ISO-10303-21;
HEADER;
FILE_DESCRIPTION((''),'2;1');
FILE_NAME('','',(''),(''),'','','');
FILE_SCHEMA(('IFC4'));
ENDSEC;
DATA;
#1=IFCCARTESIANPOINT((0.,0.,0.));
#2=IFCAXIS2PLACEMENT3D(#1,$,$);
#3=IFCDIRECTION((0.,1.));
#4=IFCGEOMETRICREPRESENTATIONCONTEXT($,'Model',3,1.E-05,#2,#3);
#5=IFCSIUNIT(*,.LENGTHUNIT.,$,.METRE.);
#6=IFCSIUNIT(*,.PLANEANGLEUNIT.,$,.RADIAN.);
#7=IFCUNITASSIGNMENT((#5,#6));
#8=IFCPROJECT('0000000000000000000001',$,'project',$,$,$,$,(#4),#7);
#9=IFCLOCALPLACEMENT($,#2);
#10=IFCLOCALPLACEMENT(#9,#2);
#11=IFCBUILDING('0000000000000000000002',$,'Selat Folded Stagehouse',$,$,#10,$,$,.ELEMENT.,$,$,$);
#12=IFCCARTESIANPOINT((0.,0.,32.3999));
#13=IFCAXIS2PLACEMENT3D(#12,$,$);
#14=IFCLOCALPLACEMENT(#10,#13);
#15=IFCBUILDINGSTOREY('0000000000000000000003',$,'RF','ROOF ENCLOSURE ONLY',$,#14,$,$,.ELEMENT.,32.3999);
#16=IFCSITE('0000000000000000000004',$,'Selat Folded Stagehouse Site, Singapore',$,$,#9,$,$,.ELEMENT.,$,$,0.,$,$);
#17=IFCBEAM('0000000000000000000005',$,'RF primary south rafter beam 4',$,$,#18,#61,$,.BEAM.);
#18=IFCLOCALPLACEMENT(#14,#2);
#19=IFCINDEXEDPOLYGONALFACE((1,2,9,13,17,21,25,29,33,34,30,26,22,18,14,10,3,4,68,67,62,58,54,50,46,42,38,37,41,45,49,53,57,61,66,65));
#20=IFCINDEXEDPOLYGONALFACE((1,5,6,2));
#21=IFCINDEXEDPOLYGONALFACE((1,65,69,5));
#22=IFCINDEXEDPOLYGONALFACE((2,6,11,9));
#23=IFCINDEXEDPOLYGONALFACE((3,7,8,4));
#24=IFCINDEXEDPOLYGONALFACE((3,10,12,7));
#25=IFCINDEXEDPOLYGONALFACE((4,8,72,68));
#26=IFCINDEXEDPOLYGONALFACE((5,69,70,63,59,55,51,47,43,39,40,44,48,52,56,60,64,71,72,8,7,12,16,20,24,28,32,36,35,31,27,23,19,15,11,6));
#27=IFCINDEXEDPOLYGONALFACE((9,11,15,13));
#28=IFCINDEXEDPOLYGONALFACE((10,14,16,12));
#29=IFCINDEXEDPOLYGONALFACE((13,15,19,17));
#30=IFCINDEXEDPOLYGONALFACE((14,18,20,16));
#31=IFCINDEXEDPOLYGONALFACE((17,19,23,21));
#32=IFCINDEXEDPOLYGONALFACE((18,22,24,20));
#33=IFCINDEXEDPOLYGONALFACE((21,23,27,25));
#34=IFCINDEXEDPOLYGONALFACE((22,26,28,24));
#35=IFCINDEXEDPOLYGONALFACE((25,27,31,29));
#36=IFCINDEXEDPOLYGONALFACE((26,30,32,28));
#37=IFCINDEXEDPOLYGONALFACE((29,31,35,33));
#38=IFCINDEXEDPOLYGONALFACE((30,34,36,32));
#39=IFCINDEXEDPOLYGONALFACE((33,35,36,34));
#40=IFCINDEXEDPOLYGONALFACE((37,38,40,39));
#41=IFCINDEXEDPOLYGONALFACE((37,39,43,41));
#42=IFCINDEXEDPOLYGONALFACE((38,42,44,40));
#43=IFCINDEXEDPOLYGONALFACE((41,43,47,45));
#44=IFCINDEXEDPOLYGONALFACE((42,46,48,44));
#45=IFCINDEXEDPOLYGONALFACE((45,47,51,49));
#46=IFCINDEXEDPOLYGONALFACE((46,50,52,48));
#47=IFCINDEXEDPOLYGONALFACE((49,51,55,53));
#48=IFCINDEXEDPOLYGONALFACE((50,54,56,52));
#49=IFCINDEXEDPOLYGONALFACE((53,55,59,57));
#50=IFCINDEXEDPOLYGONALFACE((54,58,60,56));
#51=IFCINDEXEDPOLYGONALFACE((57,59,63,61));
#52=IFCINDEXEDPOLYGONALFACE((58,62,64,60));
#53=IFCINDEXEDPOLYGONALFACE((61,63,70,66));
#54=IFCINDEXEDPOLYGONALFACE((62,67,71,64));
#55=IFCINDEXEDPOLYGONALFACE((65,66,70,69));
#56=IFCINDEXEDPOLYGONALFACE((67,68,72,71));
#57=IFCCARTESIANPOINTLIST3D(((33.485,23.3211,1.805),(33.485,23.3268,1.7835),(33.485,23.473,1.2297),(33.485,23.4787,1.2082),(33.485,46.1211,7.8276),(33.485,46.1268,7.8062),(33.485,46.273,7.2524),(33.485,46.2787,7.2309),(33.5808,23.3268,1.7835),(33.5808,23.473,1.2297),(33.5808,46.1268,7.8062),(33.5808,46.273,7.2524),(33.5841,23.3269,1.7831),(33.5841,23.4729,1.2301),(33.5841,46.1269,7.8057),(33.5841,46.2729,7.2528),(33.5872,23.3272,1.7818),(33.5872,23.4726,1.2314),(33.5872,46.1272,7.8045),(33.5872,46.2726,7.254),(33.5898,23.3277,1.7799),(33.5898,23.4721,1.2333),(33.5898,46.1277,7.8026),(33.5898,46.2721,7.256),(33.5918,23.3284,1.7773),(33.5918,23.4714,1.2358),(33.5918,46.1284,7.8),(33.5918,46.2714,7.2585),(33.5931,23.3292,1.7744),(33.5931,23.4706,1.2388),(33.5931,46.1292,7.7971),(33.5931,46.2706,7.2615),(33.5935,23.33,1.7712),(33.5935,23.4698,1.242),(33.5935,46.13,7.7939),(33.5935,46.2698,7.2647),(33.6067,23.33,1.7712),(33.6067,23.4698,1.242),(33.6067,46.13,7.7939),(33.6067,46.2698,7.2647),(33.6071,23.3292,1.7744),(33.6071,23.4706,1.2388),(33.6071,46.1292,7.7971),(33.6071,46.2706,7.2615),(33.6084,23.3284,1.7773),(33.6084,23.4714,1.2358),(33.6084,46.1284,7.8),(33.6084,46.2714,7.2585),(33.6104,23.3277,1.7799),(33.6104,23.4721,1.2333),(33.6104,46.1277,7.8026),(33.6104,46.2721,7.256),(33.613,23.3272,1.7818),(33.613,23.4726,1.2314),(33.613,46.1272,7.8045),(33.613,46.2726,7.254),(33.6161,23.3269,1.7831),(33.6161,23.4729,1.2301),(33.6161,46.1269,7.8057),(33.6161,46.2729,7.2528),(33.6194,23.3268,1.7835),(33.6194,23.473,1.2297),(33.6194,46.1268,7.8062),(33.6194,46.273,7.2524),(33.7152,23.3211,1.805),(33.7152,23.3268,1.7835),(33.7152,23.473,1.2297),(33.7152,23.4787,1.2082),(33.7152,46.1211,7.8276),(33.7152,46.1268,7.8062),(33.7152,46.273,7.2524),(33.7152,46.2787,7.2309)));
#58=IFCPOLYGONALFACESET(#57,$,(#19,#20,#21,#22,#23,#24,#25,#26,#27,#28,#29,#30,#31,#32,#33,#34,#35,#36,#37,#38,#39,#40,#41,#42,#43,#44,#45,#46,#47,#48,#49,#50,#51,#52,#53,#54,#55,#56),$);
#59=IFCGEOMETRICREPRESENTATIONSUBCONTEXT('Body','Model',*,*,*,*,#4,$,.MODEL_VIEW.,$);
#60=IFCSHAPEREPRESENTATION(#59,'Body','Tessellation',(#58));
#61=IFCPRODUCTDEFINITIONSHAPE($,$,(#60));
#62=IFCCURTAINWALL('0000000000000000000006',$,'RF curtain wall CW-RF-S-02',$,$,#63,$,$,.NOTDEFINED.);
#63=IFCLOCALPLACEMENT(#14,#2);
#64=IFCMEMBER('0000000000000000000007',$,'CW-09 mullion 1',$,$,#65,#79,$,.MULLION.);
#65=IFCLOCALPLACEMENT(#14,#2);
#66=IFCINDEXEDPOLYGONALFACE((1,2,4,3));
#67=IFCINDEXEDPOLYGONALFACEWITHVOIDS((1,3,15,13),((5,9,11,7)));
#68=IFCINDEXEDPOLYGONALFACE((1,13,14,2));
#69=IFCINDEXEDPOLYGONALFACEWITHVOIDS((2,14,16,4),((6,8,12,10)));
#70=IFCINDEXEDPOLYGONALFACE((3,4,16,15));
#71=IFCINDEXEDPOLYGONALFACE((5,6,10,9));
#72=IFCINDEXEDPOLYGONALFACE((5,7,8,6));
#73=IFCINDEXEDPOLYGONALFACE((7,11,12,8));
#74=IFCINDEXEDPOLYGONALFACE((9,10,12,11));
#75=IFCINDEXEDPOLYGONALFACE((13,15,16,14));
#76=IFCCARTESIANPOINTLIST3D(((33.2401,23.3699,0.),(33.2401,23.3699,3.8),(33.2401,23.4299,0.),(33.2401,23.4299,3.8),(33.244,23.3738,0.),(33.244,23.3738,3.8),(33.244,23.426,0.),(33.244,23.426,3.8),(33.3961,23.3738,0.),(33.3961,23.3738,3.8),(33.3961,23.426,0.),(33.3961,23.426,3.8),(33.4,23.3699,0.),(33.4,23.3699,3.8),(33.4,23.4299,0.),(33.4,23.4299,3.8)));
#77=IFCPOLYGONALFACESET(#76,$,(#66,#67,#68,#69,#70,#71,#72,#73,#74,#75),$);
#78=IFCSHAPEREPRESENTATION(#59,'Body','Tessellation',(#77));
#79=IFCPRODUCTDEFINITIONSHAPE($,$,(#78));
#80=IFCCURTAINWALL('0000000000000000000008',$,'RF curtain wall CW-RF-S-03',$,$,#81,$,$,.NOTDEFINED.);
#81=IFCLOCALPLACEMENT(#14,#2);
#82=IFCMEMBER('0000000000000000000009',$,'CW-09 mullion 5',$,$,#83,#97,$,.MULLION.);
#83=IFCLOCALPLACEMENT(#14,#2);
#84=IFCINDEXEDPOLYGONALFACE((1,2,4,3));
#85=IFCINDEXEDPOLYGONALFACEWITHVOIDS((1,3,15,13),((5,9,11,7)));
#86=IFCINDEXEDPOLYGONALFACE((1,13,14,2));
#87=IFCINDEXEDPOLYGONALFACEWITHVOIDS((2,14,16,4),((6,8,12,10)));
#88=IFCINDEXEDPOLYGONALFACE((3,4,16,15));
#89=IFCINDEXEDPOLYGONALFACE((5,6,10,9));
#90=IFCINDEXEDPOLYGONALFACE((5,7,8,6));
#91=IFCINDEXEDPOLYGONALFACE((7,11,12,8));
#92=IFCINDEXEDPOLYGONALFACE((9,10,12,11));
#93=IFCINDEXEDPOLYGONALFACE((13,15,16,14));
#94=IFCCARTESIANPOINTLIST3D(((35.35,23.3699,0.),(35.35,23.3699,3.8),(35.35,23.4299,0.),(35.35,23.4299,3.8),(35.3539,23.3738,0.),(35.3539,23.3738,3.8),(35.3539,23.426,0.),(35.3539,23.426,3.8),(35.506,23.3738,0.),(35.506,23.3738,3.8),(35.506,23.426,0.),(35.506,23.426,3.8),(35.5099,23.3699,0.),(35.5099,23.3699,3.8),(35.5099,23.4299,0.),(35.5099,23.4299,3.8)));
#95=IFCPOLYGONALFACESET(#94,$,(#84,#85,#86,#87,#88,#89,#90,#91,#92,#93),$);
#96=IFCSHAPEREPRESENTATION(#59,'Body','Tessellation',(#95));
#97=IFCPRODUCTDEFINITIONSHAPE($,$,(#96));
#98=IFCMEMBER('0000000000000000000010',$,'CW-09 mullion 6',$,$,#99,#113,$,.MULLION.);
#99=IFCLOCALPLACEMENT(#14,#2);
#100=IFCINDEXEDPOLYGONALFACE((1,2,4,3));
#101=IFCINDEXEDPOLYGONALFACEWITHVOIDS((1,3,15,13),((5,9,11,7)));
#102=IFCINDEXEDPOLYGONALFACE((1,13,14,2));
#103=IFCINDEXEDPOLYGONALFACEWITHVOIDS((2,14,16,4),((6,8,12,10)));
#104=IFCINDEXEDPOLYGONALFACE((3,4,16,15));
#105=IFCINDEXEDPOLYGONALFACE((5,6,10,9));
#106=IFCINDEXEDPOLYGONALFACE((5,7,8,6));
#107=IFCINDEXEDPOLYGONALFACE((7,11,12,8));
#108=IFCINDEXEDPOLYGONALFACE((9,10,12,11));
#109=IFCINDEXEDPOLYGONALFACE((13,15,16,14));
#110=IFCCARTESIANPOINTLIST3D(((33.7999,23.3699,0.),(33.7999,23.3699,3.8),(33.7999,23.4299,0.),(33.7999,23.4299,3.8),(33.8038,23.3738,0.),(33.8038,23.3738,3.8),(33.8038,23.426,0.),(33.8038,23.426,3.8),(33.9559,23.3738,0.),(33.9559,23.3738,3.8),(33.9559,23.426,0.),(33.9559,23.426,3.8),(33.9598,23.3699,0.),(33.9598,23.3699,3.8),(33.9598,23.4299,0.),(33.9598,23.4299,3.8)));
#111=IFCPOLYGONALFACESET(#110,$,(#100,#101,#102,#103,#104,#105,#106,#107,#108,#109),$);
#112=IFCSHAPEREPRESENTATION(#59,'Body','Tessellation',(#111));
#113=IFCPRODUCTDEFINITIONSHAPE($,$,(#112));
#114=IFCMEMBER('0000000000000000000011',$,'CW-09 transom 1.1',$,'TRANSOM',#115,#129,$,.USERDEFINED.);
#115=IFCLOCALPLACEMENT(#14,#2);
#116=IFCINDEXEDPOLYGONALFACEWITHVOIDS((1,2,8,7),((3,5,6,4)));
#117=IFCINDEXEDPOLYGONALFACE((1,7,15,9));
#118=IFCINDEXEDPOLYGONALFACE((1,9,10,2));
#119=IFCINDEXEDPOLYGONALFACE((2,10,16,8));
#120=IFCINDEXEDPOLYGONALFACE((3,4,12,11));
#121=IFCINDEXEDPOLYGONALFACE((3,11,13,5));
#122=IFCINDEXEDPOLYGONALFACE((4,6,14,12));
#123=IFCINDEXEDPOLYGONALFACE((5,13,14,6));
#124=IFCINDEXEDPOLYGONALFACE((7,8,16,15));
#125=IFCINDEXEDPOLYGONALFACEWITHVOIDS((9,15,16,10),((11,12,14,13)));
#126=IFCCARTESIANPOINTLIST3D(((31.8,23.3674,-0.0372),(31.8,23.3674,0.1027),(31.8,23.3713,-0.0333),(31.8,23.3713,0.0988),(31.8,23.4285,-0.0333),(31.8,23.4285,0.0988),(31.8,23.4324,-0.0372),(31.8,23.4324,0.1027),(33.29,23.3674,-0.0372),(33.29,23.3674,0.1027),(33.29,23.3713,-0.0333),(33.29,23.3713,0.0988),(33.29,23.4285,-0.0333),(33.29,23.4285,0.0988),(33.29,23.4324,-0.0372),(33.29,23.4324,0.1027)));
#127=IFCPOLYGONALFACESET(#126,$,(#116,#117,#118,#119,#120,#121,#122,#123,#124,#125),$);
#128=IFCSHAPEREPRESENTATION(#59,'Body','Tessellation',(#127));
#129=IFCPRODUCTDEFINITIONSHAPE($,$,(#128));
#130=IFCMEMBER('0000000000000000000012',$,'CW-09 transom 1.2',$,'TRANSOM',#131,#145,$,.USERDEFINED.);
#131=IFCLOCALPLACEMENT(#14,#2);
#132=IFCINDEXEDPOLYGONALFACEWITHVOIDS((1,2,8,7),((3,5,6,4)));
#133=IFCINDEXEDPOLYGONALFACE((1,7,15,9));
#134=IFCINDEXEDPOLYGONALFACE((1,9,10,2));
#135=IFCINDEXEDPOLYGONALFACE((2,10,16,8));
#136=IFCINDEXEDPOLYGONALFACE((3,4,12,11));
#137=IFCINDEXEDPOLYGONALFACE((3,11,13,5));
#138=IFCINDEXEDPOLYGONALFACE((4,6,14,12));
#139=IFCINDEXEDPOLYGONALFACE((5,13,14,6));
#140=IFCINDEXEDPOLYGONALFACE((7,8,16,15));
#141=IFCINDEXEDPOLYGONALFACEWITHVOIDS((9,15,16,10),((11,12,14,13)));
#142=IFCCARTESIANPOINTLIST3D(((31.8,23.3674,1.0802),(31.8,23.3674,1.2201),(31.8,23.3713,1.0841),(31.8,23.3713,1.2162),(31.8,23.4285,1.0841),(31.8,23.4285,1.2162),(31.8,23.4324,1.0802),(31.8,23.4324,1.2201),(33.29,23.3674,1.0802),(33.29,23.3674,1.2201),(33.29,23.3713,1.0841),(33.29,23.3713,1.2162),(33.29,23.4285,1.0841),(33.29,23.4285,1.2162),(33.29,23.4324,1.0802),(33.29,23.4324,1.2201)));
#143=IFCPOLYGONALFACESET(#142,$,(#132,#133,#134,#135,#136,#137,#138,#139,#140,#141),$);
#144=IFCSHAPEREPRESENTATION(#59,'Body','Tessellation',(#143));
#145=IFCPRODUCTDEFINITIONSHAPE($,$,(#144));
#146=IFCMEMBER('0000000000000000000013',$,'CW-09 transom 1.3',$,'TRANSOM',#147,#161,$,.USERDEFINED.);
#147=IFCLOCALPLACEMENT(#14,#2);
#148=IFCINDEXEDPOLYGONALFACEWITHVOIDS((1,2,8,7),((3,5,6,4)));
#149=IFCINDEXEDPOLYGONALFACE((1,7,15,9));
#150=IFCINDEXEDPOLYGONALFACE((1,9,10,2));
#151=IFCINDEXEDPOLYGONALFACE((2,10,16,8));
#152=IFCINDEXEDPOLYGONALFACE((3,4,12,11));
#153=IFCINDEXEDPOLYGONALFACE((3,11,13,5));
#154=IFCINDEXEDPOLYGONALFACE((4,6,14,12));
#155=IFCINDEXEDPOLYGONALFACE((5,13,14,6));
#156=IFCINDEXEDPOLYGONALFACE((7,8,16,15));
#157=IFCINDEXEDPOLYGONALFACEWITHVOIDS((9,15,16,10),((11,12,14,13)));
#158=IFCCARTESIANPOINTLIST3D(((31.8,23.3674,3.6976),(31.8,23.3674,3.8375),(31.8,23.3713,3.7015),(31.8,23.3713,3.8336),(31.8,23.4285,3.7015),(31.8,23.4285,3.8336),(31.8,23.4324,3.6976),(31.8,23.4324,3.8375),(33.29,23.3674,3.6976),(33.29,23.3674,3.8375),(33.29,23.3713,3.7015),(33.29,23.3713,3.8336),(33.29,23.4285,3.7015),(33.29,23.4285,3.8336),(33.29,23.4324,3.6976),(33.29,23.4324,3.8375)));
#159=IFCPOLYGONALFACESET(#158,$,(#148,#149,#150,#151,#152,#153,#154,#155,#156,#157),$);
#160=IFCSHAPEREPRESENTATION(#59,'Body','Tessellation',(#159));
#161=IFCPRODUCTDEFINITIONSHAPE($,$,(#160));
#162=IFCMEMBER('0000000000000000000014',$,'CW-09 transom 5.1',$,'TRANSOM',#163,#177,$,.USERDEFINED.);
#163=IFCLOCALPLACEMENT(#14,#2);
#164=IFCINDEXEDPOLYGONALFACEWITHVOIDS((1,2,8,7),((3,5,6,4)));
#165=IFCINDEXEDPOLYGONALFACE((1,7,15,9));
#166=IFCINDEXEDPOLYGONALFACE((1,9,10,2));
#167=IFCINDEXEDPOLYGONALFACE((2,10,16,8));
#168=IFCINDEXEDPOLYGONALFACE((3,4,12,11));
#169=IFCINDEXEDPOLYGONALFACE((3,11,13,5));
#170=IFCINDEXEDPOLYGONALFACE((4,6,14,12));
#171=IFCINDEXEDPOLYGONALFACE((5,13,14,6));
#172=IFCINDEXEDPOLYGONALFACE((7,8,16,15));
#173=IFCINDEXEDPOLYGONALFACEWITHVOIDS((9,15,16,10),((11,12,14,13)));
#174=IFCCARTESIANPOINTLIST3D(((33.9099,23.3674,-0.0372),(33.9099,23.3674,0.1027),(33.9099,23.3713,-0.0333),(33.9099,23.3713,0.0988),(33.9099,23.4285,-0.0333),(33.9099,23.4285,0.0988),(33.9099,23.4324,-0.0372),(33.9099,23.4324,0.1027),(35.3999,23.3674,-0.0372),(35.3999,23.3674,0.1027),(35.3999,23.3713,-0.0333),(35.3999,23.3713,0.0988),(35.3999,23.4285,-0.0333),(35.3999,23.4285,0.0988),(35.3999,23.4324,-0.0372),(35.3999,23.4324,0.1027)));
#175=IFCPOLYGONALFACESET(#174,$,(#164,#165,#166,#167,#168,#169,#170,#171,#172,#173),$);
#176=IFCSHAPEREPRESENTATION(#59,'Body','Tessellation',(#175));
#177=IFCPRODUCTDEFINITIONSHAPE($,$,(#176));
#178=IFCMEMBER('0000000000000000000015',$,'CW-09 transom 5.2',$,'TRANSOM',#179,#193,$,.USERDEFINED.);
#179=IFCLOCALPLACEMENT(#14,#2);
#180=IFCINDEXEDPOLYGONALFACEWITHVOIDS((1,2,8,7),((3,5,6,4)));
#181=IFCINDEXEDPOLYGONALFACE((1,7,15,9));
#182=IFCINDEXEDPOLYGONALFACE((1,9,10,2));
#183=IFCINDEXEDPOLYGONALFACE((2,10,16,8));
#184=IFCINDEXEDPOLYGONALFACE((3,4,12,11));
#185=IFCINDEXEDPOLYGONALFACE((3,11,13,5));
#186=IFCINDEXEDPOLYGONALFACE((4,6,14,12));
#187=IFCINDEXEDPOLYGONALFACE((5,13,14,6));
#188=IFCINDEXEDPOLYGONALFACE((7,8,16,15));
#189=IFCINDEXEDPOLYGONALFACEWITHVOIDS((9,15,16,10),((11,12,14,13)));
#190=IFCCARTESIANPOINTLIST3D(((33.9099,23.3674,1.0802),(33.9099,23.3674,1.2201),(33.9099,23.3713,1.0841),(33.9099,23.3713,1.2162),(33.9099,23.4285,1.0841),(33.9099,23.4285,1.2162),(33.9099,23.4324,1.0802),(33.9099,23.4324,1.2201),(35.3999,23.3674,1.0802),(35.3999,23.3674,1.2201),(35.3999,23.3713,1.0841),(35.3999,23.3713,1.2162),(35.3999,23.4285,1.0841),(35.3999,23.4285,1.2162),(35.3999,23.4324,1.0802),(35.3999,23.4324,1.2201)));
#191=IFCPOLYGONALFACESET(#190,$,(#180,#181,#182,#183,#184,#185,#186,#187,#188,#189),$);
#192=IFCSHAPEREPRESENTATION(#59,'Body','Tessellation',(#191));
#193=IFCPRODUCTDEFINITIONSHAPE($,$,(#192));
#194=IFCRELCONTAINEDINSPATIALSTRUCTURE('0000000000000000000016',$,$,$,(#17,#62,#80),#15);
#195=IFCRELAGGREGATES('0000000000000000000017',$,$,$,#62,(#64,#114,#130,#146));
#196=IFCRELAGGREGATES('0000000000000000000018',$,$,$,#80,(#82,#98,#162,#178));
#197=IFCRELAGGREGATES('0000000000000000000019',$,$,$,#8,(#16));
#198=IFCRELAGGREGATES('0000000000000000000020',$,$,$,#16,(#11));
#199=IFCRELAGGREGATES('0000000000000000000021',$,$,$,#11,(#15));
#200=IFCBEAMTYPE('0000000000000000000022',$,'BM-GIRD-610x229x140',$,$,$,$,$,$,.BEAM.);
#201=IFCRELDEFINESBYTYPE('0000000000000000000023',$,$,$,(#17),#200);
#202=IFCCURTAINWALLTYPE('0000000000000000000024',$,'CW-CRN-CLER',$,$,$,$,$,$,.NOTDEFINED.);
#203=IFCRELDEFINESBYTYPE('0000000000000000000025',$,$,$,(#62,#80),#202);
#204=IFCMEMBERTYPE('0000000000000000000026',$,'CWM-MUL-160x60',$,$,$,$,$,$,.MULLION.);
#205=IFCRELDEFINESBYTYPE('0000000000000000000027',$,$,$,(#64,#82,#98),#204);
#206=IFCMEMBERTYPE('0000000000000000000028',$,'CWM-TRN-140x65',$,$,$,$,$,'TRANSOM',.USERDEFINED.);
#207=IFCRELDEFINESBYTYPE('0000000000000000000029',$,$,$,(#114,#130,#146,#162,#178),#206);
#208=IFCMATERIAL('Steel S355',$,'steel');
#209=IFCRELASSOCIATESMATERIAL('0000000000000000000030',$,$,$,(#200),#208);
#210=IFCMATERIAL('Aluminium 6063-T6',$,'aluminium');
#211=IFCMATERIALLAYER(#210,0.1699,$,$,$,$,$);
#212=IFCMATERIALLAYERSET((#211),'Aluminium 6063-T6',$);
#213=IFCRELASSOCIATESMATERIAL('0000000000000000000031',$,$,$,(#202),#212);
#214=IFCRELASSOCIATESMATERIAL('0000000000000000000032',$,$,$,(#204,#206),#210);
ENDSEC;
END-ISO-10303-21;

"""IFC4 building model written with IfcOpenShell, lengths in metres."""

from ifc_helpers import new_model, si_unit, direction, frame, origin, origin_2d, place, context, subcontext, project, spatial, hollow_rectangle, i_section, extrude, material, layer, layer_set, material_profile, profile_set, type_object, element, aggregate, save


model = new_model("IFC4")

# Units and contexts
model_context = context("Model", 3, precision=1e-05, world=origin(), true_north=direction((0.0, 1.0)))
body_context = subcontext(model_context, "Body", "Model", "MODEL_VIEW")
ifc_project = project(units=[si_unit("LENGTHUNIT", "METRE"), si_unit("PLANEANGLEUNIT", "RADIAN")], contexts=[model_context])

# Site, building, storey
site_placement = place(None, origin())
site = spatial("IfcSite", under=ifc_project, at=site_placement, Name="Selat Folded Stagehouse Site, Singapore", CompositionType="ELEMENT", RefElevation=0.0)
building_placement = place(site_placement, origin())
building = spatial("IfcBuilding", under=site, at=building_placement, Name="Selat Folded Stagehouse", CompositionType="ELEMENT")
storey_placement = place(building_placement, frame((0.0, 0.0, 32.3999)))
storey = spatial("IfcBuildingStorey", under=building, at=storey_placement, Name="RF", Description="ROOF ENCLOSURE ONLY", CompositionType="ELEMENT", Elevation=32.3999)

# Shared definitions
ifc_material_1 = material(Name="Steel S355", Category="steel")

# Beam
ifc_material_profile_1 = material_profile(ifc_material_1, i_section(OverallWidth=0.2302, OverallDepth=0.6172, WebThickness=0.0132, FlangeThickness=0.0222, FilletRadius=0.0127, at=origin_2d()), Name="UKB 610x229x140")
ifc_profile_set_1 = profile_set([ifc_material_profile_1], Name="Steel S355")
beam_type_1 = type_object("IfcBeamType", Name="BM-GIRD-610x229x140", PredefinedType="BEAM", material=ifc_profile_set_1)
beam_1_placement = place(storey_placement, frame((33.6001, 23.3999, 1.5066), z_axis=(0.0, 0.966837, 0.255393), x_axis=(-1.0, 0.0, 0.0)))
element("IfcBeam", 1, at=beam_1_placement, inside=storey, type_object=beam_type_1, Name="RF primary south rafter beam 4", PredefinedType="BEAM", context=body_context, shape_type="SweptSolid", body=[
    extrude(i_section(OverallWidth=0.2302, OverallDepth=0.6172, WebThickness=0.0132, FlangeThickness=0.0222, FilletRadius=0.0127, at=origin_2d()), origin(), (0.0, 0.0, 1.0), 23.582),
])

# Curtain wall, member
ifc_material_2 = material(Name="Aluminium 6063-T6", Category="aluminium")
ifc_layer_1 = layer(ifc_material_2, 0.1699)
ifc_layer_set_1 = layer_set([ifc_layer_1], Name="Aluminium 6063-T6")
curtain_wall_type = type_object("IfcCurtainWallType", Name="CW-CRN-CLER", PredefinedType="NOTDEFINED", material=ifc_layer_set_1)
curtain_wall_1_placement = place(storey_placement, origin())
curtain_wall_1 = element("IfcCurtainWall", 2, at=curtain_wall_1_placement, inside=storey, type_object=curtain_wall_type, Name="RF curtain wall CW-RF-S-02", PredefinedType="NOTDEFINED")
ifc_material_profile_2 = material_profile(ifc_material_2, hollow_rectangle(XDim=0.0601, YDim=0.1599, WallThickness=0.0039, at=origin_2d()), Name="ALU 160x60x4.0")
ifc_profile_set_2 = profile_set([ifc_material_profile_2], Name="Aluminium 6063-T6")
member_type_1 = type_object("IfcMemberType", Name="CWM-MUL-160x60", PredefinedType="MULLION", material=ifc_profile_set_2)
member_1_placement = place(storey_placement, frame((33.3201, 23.3999, 0.0), z_axis=(0.0, 0.0, 1.0), x_axis=(0.0, -1.0, 0.0)))
member_1 = element("IfcMember", 3, at=member_1_placement, type_object=member_type_1, Name="CW-09 mullion 1", PredefinedType="MULLION", context=body_context, shape_type="SweptSolid", body=[
    extrude(hollow_rectangle(XDim=0.0601, YDim=0.1599, WallThickness=0.0039, at=origin_2d()), origin(), (0.0, 0.0, 1.0), 3.8),
])

# Curtain wall, members
curtain_wall_2_placement = place(storey_placement, origin())
curtain_wall_2 = element("IfcCurtainWall", 4, at=curtain_wall_2_placement, inside=storey, type_object=curtain_wall_type, Name="RF curtain wall CW-RF-S-03", PredefinedType="NOTDEFINED")
member_2_placement = place(storey_placement, frame((35.4299, 23.3999, 0.0), z_axis=(0.0, 0.0, 1.0), x_axis=(0.0, -1.0, 0.0)))
member_2 = element("IfcMember", 5, at=member_2_placement, type_object=member_type_1, Name="CW-09 mullion 5", PredefinedType="MULLION", context=body_context, shape_type="SweptSolid", body=[
    extrude(hollow_rectangle(XDim=0.0601, YDim=0.1599, WallThickness=0.0039, at=origin_2d()), origin(), (0.0, 0.0, 1.0), 3.8),
])
member_3_placement = place(storey_placement, frame((33.8799, 23.3999, 0.0), z_axis=(0.0, 0.0, 1.0), x_axis=(0.0, -1.0, 0.0)))
member_3 = element("IfcMember", 6, at=member_3_placement, type_object=member_type_1, Name="CW-09 mullion 6", PredefinedType="MULLION", context=body_context, shape_type="SweptSolid", body=[
    extrude(hollow_rectangle(XDim=0.0601, YDim=0.1599, WallThickness=0.0039, at=origin_2d()), origin(), (0.0, 0.0, 1.0), 3.8),
])

# Members
ifc_material_profile_3 = material_profile(ifc_material_2, hollow_rectangle(XDim=0.0649, YDim=0.1399, WallThickness=0.0039, at=origin_2d()), Name="ALU 140x65x4.0")
ifc_profile_set_3 = profile_set([ifc_material_profile_3], Name="Aluminium 6063-T6")
member_type_2 = type_object("IfcMemberType", Name="CWM-TRN-140x65", ElementType="TRANSOM", PredefinedType="USERDEFINED", material=ifc_profile_set_3)
member_4_placement = place(storey_placement, frame((33.29, 23.3999, 0.0327), z_axis=(-1.0, 0.0, 0.0), x_axis=(0.0, -1.0, 0.0)))
member_4 = element("IfcMember", 7, at=member_4_placement, type_object=member_type_2, Name="CW-09 transom 1.1", ObjectType="TRANSOM", PredefinedType="USERDEFINED", context=body_context, shape_type="SweptSolid", body=[
    extrude(hollow_rectangle(XDim=0.0649, YDim=0.1399, WallThickness=0.0039, at=origin_2d()), origin(), (0.0, 0.0, 1.0), 1.49),
])
member_5_placement = place(storey_placement, frame((33.29, 23.3999, 1.1501), z_axis=(-1.0, 0.0, 0.0), x_axis=(0.0, -1.0, 0.0)))
member_5 = element("IfcMember", 8, at=member_5_placement, type_object=member_type_2, Name="CW-09 transom 1.2", ObjectType="TRANSOM", PredefinedType="USERDEFINED", context=body_context, shape_type="SweptSolid", body=[
    extrude(hollow_rectangle(XDim=0.0649, YDim=0.1399, WallThickness=0.0039, at=origin_2d()), origin(), (0.0, 0.0, 1.0), 1.49),
])
member_6_placement = place(storey_placement, frame((33.29, 23.3999, 3.7676), z_axis=(-1.0, 0.0, 0.0), x_axis=(0.0, -1.0, 0.0)))
member_6 = element("IfcMember", 9, at=member_6_placement, type_object=member_type_2, Name="CW-09 transom 1.3", ObjectType="TRANSOM", PredefinedType="USERDEFINED", context=body_context, shape_type="SweptSolid", body=[
    extrude(hollow_rectangle(XDim=0.0649, YDim=0.1399, WallThickness=0.0039, at=origin_2d()), origin(), (0.0, 0.0, 1.0), 1.49),
])
member_7_placement = place(storey_placement, frame((35.3999, 23.3999, 0.0327), z_axis=(-1.0, 0.0, 0.0), x_axis=(0.0, -1.0, 0.0)))
member_7 = element("IfcMember", 10, at=member_7_placement, type_object=member_type_2, Name="CW-09 transom 5.1", ObjectType="TRANSOM", PredefinedType="USERDEFINED", context=body_context, shape_type="SweptSolid", body=[
    extrude(hollow_rectangle(XDim=0.0649, YDim=0.1399, WallThickness=0.0039, at=origin_2d()), origin(), (0.0, 0.0, 1.0), 1.49),
])
member_8_placement = place(storey_placement, frame((35.3999, 23.3999, 1.1501), z_axis=(-1.0, 0.0, 0.0), x_axis=(0.0, -1.0, 0.0)))
member_8 = element("IfcMember", 11, at=member_8_placement, type_object=member_type_2, Name="CW-09 transom 5.2", ObjectType="TRANSOM", PredefinedType="USERDEFINED", context=body_context, shape_type="SweptSolid", body=[
    extrude(hollow_rectangle(XDim=0.0649, YDim=0.1399, WallThickness=0.0039, at=origin_2d()), origin(), (0.0, 0.0, 1.0), 1.49),
])

aggregate(curtain_wall_1, [member_1, member_4, member_5, member_6])
aggregate(curtain_wall_2, [member_2, member_3, member_7, member_8])

save(model, "model.ifc")
